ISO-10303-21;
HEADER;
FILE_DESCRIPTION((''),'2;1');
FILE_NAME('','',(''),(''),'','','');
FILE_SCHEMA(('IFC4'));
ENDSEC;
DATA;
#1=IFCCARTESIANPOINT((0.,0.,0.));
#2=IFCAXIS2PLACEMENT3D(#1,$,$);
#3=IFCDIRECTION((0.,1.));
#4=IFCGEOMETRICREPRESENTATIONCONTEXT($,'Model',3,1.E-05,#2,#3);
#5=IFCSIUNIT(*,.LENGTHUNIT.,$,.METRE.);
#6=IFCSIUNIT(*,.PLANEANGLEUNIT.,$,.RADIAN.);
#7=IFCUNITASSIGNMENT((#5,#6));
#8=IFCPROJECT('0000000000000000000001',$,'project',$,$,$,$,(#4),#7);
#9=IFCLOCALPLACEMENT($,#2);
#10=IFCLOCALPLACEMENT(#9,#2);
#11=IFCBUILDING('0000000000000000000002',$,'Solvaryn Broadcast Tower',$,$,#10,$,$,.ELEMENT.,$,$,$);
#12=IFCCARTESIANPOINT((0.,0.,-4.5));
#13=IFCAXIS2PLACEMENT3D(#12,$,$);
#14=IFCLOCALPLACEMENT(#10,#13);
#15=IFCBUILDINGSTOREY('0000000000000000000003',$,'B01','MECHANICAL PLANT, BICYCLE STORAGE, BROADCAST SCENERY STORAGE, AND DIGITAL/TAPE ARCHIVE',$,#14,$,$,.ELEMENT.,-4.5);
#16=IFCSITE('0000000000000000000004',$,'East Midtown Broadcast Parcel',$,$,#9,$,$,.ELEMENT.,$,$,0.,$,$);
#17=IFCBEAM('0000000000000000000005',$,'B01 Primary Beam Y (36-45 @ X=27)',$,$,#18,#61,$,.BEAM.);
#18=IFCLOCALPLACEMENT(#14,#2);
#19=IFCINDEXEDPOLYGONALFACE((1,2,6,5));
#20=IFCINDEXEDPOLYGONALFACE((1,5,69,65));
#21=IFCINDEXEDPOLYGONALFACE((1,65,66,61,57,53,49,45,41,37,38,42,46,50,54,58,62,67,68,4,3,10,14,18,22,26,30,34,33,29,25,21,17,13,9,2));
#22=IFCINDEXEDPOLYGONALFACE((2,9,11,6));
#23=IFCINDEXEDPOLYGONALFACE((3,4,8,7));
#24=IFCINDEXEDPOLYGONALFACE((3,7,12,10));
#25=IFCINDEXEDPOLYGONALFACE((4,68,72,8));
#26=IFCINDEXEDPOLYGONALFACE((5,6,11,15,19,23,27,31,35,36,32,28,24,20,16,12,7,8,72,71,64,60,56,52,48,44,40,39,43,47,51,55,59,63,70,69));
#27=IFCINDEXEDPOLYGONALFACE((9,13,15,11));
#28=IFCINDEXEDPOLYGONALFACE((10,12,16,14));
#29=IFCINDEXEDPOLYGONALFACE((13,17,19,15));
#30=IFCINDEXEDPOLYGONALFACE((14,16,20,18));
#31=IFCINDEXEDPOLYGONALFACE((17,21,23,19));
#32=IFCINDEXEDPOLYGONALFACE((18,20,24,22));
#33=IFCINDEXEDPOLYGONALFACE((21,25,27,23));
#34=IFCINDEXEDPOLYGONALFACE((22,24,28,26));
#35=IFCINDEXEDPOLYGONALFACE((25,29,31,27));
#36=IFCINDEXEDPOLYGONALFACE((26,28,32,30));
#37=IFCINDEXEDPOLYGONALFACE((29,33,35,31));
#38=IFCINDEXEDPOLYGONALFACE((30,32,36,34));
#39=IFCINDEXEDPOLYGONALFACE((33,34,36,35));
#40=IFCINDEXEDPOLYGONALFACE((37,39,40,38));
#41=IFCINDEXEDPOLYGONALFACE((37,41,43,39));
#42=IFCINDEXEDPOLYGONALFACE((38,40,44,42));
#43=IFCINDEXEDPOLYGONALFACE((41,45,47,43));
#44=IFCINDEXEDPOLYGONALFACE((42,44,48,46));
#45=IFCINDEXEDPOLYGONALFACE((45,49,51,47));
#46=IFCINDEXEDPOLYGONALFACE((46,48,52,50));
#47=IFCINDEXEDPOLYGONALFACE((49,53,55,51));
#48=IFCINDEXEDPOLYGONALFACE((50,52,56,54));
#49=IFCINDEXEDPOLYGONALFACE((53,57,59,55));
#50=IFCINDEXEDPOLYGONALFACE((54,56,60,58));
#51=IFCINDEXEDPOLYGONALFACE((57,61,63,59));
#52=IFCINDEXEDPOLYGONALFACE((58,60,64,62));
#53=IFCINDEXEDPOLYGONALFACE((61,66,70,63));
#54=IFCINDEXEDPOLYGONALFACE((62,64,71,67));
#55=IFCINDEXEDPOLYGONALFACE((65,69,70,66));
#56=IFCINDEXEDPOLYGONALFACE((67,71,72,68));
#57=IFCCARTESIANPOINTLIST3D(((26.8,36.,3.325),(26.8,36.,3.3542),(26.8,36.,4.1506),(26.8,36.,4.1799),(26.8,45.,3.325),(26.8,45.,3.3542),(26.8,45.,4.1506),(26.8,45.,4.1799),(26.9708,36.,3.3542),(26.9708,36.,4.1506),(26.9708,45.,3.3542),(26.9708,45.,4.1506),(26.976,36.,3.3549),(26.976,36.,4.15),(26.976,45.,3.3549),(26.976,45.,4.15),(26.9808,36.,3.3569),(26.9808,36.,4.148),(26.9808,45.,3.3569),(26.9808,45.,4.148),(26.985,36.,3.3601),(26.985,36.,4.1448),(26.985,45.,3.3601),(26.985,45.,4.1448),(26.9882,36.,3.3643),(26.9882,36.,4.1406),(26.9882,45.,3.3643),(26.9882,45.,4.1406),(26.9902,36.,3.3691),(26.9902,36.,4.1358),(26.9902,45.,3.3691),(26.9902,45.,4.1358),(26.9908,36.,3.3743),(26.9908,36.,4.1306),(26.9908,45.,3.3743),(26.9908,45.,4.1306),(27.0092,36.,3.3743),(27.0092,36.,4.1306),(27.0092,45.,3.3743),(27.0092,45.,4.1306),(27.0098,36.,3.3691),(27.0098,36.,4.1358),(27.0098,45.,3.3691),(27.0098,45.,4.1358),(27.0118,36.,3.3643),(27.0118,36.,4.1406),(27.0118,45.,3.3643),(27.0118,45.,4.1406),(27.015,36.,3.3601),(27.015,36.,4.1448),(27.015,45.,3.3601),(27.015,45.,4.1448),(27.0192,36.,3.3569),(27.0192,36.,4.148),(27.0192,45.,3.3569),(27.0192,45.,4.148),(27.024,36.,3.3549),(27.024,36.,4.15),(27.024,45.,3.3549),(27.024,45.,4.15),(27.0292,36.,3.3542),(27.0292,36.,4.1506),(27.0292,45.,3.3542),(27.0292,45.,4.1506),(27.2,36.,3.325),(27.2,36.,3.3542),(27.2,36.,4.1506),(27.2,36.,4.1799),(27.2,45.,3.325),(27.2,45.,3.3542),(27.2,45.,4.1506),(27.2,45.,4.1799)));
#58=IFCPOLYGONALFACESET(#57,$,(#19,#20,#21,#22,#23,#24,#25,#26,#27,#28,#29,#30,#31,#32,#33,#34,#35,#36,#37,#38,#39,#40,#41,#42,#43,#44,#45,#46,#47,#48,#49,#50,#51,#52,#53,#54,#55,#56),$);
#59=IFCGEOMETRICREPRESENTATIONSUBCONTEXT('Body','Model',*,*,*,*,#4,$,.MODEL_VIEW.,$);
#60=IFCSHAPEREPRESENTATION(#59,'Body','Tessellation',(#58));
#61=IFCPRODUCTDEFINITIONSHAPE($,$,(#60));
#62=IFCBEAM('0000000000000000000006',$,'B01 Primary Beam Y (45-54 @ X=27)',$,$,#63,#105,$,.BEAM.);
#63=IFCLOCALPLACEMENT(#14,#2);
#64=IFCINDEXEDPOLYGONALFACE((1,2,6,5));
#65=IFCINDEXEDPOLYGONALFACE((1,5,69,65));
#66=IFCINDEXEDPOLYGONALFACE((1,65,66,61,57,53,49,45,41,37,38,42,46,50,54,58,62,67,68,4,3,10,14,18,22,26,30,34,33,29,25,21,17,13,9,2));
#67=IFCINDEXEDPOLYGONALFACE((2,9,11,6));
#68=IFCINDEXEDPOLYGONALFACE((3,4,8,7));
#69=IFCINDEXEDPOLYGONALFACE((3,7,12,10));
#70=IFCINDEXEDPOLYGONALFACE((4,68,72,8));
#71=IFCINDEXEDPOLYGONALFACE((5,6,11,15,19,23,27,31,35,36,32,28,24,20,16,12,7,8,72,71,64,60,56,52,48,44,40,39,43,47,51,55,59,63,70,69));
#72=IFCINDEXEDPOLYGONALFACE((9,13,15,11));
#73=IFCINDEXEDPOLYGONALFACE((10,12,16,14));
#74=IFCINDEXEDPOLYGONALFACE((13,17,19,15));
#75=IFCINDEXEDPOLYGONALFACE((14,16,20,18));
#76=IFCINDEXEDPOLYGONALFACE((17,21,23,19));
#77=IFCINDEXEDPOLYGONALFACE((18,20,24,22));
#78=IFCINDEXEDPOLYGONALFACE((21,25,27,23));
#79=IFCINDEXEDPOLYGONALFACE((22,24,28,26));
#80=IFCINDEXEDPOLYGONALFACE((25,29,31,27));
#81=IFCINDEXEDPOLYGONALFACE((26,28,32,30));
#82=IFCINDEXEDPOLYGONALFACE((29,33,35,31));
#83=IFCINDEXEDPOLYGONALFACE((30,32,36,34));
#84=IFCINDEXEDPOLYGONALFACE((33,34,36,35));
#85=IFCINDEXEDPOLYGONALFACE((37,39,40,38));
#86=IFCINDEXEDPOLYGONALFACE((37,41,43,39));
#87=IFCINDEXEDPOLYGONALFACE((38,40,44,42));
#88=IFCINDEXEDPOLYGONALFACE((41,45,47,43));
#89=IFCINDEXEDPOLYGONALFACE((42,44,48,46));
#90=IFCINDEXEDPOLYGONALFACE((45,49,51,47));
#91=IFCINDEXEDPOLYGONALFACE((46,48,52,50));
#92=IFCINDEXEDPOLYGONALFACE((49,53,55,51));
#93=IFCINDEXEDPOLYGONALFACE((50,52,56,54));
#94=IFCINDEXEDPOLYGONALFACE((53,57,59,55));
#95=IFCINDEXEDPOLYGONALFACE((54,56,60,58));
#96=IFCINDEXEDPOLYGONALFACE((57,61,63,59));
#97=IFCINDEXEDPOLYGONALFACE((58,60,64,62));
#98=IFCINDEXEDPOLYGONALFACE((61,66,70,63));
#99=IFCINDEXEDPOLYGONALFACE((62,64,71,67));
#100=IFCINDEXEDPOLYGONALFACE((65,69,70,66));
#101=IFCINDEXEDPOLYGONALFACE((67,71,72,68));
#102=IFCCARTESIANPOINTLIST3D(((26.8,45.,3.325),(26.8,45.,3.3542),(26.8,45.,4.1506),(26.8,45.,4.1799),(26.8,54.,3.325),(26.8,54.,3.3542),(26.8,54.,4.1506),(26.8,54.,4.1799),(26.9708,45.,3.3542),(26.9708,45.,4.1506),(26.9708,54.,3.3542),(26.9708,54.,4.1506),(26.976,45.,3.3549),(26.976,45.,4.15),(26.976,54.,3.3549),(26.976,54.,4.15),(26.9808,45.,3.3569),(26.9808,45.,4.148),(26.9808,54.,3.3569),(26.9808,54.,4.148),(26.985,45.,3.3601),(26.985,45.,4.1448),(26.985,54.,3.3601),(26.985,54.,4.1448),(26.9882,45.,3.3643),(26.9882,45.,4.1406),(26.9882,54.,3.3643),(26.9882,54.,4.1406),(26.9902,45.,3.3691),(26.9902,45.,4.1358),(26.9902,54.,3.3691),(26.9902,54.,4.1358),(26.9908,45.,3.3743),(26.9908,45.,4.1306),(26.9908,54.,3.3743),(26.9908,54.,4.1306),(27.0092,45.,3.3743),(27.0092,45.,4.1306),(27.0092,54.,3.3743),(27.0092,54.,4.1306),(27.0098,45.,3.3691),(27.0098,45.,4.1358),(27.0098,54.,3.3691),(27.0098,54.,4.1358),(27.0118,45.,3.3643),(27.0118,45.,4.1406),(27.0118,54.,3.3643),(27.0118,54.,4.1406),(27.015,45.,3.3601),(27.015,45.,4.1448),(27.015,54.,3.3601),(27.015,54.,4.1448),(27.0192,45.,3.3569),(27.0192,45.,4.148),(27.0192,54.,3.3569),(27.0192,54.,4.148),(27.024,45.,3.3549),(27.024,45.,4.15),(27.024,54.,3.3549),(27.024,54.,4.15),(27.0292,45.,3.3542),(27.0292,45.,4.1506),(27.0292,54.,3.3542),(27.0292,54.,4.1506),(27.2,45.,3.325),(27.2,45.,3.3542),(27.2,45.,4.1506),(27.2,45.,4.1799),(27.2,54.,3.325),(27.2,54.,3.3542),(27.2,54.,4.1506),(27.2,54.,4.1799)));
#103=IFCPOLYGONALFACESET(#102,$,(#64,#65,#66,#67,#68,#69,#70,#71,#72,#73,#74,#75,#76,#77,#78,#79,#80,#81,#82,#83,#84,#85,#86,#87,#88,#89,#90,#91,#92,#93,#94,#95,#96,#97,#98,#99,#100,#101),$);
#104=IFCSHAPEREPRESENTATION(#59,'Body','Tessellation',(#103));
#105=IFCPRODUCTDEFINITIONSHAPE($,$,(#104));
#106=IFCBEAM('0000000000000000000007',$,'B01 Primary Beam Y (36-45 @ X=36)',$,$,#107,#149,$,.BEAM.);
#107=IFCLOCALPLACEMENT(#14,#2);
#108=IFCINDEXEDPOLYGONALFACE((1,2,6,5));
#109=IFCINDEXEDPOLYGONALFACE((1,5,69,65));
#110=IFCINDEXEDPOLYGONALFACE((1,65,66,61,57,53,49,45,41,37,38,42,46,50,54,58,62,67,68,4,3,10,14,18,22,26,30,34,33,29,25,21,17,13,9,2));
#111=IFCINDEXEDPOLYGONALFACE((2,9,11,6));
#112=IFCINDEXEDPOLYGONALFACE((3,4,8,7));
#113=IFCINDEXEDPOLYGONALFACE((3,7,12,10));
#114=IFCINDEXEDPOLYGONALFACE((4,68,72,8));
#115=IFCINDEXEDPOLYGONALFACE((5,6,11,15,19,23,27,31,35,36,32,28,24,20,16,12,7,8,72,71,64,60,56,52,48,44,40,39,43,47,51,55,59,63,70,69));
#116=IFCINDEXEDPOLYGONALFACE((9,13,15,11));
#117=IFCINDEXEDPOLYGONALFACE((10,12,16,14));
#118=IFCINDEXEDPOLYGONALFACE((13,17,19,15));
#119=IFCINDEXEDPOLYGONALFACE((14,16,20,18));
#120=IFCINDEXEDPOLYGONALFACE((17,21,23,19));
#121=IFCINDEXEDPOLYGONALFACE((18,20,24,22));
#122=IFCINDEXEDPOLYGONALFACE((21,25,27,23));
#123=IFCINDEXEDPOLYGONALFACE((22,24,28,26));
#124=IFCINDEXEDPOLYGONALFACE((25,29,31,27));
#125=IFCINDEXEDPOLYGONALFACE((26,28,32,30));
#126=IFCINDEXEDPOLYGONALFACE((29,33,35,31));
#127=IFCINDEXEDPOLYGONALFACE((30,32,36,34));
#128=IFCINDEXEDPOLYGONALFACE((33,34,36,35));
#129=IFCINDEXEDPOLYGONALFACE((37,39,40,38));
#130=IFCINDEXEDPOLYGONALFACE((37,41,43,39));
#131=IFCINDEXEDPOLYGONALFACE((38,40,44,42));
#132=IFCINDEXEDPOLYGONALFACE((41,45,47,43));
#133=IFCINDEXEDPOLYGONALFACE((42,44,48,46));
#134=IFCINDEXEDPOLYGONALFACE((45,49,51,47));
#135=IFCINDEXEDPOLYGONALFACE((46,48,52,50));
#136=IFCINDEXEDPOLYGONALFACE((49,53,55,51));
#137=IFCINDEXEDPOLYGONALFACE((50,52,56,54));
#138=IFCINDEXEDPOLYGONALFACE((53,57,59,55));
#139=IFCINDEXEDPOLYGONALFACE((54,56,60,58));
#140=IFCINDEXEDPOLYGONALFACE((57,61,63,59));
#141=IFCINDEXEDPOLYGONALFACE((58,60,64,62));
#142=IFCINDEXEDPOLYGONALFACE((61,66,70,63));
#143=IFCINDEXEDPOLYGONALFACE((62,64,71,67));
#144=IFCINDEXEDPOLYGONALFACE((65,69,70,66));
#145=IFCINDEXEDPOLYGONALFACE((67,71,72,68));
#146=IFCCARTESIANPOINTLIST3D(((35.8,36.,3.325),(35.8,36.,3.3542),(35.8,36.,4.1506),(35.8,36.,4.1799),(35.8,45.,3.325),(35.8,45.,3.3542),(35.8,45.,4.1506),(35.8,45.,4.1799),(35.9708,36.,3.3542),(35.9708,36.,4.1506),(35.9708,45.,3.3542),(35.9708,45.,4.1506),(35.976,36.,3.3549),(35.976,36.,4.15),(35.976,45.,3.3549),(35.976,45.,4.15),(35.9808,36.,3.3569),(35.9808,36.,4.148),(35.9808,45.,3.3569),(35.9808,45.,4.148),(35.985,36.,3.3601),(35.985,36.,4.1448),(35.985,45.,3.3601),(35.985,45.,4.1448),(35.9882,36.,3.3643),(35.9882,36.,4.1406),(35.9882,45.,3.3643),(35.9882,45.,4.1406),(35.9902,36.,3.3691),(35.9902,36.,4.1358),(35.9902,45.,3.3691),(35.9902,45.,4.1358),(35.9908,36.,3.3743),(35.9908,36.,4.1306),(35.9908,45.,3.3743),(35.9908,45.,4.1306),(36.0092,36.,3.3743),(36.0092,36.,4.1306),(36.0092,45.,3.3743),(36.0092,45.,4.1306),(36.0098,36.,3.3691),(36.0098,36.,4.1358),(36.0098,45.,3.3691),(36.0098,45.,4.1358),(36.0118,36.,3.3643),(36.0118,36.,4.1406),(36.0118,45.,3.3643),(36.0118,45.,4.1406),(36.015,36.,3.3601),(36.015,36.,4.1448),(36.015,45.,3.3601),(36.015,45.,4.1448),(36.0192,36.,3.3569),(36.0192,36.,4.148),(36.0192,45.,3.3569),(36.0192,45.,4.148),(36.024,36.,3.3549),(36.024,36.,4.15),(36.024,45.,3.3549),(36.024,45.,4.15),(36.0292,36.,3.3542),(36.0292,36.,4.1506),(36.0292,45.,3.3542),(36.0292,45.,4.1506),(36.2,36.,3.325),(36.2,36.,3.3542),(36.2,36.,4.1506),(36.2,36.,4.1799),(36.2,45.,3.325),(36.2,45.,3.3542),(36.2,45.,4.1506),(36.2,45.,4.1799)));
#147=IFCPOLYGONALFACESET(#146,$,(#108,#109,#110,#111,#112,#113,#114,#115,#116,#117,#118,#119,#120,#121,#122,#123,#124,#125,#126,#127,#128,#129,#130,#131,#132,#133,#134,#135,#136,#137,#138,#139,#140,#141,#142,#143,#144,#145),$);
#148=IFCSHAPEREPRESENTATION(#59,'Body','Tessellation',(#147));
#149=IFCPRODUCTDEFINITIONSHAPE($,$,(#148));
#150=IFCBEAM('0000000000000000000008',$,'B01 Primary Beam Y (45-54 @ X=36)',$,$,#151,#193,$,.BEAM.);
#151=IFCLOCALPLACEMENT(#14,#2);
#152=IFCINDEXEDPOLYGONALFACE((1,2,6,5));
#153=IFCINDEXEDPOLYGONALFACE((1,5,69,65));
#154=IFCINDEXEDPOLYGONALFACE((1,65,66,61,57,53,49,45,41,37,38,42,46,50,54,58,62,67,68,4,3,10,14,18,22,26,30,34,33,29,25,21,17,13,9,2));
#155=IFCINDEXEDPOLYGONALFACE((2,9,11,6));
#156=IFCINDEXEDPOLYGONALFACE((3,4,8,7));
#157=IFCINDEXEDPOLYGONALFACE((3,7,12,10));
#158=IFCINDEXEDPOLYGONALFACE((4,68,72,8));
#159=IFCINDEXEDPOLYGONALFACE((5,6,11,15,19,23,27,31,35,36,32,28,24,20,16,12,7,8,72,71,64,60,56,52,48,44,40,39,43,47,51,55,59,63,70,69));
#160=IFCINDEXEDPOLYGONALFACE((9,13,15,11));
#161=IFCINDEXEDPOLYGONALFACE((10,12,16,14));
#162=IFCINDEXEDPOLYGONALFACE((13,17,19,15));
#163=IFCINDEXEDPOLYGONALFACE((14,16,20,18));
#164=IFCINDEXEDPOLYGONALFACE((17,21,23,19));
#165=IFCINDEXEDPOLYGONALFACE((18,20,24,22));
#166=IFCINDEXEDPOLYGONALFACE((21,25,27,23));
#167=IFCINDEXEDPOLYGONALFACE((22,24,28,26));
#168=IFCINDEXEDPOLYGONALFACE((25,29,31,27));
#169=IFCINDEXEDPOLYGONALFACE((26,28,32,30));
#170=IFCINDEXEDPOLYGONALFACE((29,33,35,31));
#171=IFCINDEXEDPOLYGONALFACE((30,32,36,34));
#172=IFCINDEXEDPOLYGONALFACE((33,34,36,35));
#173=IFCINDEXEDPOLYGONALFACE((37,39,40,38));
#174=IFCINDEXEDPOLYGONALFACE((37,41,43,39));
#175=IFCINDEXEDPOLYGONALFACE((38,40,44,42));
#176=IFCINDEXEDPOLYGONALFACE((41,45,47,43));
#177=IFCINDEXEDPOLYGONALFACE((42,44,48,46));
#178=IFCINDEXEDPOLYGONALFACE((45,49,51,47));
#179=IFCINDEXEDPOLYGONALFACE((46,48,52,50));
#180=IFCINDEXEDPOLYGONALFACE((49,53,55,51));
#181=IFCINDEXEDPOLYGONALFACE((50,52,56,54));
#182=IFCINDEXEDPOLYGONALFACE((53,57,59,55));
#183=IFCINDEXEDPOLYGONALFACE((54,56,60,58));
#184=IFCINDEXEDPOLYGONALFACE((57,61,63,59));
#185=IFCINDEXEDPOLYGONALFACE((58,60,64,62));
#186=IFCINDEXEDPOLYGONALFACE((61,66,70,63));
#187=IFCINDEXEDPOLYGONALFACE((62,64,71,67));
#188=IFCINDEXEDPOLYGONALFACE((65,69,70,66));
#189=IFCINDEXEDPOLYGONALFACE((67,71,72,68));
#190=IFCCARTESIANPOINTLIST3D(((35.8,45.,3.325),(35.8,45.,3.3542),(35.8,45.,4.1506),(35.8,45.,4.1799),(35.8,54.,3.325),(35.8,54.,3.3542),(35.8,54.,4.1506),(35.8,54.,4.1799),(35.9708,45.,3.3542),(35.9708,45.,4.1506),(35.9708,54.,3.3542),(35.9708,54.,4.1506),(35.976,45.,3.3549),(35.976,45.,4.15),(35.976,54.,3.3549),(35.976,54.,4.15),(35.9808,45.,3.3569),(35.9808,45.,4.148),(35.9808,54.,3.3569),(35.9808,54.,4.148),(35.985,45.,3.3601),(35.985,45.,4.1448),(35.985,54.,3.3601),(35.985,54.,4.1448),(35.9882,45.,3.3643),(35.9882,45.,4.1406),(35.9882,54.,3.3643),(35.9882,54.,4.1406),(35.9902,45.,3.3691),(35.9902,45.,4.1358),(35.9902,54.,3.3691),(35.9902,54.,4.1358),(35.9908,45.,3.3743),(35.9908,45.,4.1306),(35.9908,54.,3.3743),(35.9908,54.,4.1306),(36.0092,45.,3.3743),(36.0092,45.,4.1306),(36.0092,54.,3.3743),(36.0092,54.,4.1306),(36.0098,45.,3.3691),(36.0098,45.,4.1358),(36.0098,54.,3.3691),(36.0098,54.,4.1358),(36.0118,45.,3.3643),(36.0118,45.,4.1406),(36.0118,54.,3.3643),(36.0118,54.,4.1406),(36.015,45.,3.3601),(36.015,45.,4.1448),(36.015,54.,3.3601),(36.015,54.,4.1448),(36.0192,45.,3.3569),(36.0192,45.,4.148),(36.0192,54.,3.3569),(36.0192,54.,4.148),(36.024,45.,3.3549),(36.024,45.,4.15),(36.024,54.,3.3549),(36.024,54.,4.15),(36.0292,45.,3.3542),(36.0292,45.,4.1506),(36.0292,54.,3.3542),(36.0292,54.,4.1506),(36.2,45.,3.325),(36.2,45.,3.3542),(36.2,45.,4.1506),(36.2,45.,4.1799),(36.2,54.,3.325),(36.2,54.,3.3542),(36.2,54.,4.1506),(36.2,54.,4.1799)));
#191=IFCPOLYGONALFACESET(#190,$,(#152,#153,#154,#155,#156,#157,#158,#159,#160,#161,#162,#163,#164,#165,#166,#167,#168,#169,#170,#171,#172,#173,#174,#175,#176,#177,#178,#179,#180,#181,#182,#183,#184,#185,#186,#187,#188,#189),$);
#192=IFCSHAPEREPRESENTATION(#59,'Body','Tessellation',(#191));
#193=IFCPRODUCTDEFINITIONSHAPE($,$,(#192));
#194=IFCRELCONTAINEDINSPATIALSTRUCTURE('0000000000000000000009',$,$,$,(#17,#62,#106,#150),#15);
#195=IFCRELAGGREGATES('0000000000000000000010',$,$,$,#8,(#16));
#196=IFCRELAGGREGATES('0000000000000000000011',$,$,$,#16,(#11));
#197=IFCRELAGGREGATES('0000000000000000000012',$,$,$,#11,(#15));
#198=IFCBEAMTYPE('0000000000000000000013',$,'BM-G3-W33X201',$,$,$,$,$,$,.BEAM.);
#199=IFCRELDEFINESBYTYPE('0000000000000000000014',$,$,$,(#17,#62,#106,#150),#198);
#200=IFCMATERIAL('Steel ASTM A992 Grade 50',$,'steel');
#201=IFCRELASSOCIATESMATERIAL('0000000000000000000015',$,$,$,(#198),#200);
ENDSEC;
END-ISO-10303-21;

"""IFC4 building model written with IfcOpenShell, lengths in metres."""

from ifc_helpers import new_model, si_unit, direction, frame, origin, origin_2d, place, context, subcontext, project, spatial, i_section, extrude, material, material_profile, profile_set, type_object, element, save


model = new_model("IFC4")

# Units and contexts
model_context = context("Model", 3, precision=1e-05, world=origin(), true_north=direction((0.0, 1.0)))
body_context = subcontext(model_context, "Body", "Model", "MODEL_VIEW")
ifc_project = project(units=[si_unit("LENGTHUNIT", "METRE"), si_unit("PLANEANGLEUNIT", "RADIAN")], contexts=[model_context])

# Site, building, storey
site_placement = place(None, origin())
site = spatial("IfcSite", under=ifc_project, at=site_placement, Name="East Midtown Broadcast Parcel", CompositionType="ELEMENT", RefElevation=0.0)
building_placement = place(site_placement, origin())
building = spatial("IfcBuilding", under=site, at=building_placement, Name="Solvaryn Broadcast Tower", CompositionType="ELEMENT")
storey_placement = place(building_placement, frame((0.0, 0.0, -4.5)))
storey = spatial("IfcBuildingStorey", under=building, at=storey_placement, Name="B01", Description="MECHANICAL PLANT, BICYCLE STORAGE, BROADCAST SCENERY STORAGE, AND DIGITAL/TAPE ARCHIVE", CompositionType="ELEMENT", Elevation=-4.5)

# Beams
ifc_material_1 = material(Name="Steel ASTM A992 Grade 50", Category="steel")
ifc_material_profile_1 = material_profile(ifc_material_1, i_section(OverallWidth=0.3999, OverallDepth=0.855, WebThickness=0.0183, FlangeThickness=0.0293, FilletRadius=0.02, at=origin_2d()))
ifc_profile_set_1 = profile_set([ifc_material_profile_1], Name="Steel ASTM A992 Grade 50")
beam_type_1 = type_object("IfcBeamType", Name="BM-G3-W33X201", PredefinedType="BEAM", material=ifc_profile_set_1)
for number, where, z_axis, x_axis, name in (
    (1, (27.0, 36.0, 3.7524), (0.0, 1.0, 0.0), (-1.0, 0.0, 0.0), "B01 Primary Beam Y (36-45 @ X=27)"),
    (2, (27.0, 45.0, 3.7524), (0.0, 1.0, 0.0), (-1.0, 0.0, 0.0), "B01 Primary Beam Y (45-54 @ X=27)"),
    (3, (36.0, 36.0, 3.7524), (0.0, 1.0, 0.0), (-1.0, 0.0, 0.0), "B01 Primary Beam Y (36-45 @ X=36)"),
    (4, (36.0, 45.0, 3.7524), (0.0, 1.0, 0.0), (-1.0, 0.0, 0.0), "B01 Primary Beam Y (45-54 @ X=36)"),
):
    element("IfcBeam", number, at=place(storey_placement, frame(where, z_axis=z_axis, x_axis=x_axis)), inside=storey, type_object=beam_type_1, Name=name, PredefinedType="BEAM", context=body_context, shape_type="SweptSolid", body=[
        extrude(i_section(OverallWidth=0.3999, OverallDepth=0.855, WebThickness=0.0183, FlangeThickness=0.0293, FilletRadius=0.02, at=origin_2d()), origin(), (0.0, 0.0, 1.0), 9.0),
    ])

save(model, "model.ifc")
